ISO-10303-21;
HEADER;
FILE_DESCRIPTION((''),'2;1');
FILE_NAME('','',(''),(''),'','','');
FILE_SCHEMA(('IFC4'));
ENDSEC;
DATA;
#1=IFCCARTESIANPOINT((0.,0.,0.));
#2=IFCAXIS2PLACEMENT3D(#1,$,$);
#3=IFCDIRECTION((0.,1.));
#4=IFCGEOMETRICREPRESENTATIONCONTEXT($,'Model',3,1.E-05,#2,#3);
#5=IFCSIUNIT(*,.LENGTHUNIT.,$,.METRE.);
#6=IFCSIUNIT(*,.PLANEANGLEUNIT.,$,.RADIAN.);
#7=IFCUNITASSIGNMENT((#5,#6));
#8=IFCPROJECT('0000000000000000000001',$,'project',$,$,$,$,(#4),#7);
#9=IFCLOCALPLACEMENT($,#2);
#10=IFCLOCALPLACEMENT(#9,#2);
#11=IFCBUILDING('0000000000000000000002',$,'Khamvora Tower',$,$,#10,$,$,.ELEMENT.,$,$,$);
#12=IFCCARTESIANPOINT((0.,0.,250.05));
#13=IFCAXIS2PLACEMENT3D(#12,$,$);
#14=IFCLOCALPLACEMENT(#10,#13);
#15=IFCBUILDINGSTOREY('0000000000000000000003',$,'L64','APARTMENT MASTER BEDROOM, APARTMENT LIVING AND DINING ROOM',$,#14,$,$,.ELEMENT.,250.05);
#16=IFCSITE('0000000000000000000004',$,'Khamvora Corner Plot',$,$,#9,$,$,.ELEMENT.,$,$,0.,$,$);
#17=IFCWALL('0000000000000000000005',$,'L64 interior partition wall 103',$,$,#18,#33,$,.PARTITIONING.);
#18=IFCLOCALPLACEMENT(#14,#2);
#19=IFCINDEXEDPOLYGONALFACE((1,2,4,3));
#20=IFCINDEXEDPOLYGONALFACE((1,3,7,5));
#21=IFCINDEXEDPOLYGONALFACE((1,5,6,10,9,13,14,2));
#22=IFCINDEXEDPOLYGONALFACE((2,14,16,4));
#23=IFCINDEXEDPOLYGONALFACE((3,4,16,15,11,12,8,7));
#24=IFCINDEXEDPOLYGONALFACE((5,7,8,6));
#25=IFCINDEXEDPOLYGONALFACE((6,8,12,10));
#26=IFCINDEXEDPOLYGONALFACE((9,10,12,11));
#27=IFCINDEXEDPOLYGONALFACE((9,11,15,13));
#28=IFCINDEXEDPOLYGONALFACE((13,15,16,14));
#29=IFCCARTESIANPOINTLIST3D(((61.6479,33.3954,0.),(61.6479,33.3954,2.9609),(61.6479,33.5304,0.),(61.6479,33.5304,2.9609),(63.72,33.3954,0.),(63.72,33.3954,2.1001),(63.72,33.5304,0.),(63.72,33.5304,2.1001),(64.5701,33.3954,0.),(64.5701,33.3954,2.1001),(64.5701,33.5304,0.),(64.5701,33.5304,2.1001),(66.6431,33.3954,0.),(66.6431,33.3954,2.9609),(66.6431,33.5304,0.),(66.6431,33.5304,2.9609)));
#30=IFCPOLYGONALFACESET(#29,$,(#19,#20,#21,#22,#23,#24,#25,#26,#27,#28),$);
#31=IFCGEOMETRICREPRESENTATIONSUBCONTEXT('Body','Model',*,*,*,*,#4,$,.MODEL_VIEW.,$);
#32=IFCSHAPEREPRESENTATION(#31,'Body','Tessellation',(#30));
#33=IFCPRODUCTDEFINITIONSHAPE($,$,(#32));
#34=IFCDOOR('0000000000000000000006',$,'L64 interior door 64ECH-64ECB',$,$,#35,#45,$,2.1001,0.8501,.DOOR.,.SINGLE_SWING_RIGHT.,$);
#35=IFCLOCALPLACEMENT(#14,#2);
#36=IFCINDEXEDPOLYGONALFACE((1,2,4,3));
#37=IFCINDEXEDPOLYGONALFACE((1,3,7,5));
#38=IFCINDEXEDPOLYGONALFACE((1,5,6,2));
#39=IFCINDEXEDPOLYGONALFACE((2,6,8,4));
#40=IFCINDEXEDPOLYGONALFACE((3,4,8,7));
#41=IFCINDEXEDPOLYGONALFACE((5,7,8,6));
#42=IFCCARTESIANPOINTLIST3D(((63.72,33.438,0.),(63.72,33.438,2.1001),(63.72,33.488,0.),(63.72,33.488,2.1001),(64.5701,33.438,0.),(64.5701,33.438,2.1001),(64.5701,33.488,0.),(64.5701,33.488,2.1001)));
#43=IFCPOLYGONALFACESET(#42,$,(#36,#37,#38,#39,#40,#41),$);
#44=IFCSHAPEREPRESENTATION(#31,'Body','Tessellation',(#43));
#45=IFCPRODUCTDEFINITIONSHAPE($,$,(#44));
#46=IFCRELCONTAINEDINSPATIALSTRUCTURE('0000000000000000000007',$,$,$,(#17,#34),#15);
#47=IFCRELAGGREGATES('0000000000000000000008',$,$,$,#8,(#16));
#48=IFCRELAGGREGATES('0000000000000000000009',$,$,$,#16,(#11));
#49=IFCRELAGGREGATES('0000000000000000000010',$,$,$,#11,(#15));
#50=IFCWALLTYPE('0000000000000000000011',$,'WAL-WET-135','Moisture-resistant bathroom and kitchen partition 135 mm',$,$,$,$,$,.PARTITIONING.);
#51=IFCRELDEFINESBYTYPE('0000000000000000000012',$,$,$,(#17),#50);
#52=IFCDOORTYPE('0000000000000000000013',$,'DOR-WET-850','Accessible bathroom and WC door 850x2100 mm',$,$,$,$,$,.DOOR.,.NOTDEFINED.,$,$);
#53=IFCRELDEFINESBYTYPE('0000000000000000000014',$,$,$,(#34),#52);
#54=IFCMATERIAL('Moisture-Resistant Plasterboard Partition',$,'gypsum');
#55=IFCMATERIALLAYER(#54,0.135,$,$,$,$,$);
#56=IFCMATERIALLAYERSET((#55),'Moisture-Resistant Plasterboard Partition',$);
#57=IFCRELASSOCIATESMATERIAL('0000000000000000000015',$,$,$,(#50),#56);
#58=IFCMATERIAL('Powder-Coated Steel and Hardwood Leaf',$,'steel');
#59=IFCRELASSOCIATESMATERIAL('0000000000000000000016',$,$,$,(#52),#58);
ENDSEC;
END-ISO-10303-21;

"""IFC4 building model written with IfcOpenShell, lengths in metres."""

from ifc_helpers import new_model, si_unit, direction, frame, frame_2d, origin, place, context, subcontext, project, spatial, rectangle, extrude, material, layer, layer_set, type_object, element, fill, save


model = new_model("IFC4")

# Units and contexts
model_context = context("Model", 3, precision=1e-05, world=origin(), true_north=direction((0.0, 1.0)))
body_context = subcontext(model_context, "Body", "Model", "MODEL_VIEW")
ifc_project = project(units=[si_unit("LENGTHUNIT", "METRE"), si_unit("PLANEANGLEUNIT", "RADIAN")], contexts=[model_context])

# Site, building, storey
site_placement = place(None, origin())
site = spatial("IfcSite", under=ifc_project, at=site_placement, Name="Khamvora Corner Plot", CompositionType="ELEMENT", RefElevation=0.0)
building_placement = place(site_placement, origin())
building = spatial("IfcBuilding", under=site, at=building_placement, Name="Khamvora Tower", CompositionType="ELEMENT")
storey_placement = place(building_placement, frame((0.0, 0.0, 250.05)))
storey = spatial("IfcBuildingStorey", under=building, at=storey_placement, Name="L64", Description="APARTMENT MASTER BEDROOM, APARTMENT LIVING AND DINING ROOM", CompositionType="ELEMENT", Elevation=250.05)

# Shared definitions
ifc_material_1 = material(Name="Powder-Coated Steel and Hardwood Leaf", Category="steel")

# Shared definitions
ifc_material_2 = material(Name="Moisture-Resistant Plasterboard Partition", Category="gypsum")
ifc_layer_1 = layer(ifc_material_2, 0.135)
ifc_layer_set_1 = layer_set([ifc_layer_1], Name="Moisture-Resistant Plasterboard Partition")
wall_type_1 = type_object("IfcWallType", Name="WAL-WET-135", Description="Moisture-resistant bathroom and kitchen partition 135 mm", PredefinedType="PARTITIONING", material=ifc_layer_set_1)

# Wall, opening, door
wall_1_placement = place(storey_placement, frame((66.6431, 33.4629, 0.0), z_axis=(0.0, 0.0, 1.0), x_axis=(-1.0, 0.0, 0.0)))
wall_1 = element("IfcWall", 1, at=wall_1_placement, inside=storey, type_object=wall_type_1, Name="L64 interior partition wall 103", PredefinedType="PARTITIONING", context=body_context, shape_type="SweptSolid", body=[
    extrude(rectangle(XDim=4.9951, YDim=0.135, at=frame_2d((2.4976, 0.0))), origin(), (0.0, 0.0, 1.0), 2.9609),
])
opening_1_placement = place(wall_1_placement, frame((2.073, 0.0, 0.0)))
opening_1 = element("IfcOpeningElement", 2, at=opening_1_placement, cuts=wall_1, PredefinedType="OPENING", context=body_context, shape_type="SweptSolid", body=[
    extrude(rectangle(XDim=0.8501, YDim=2.1001, at=frame_2d((0.425, 1.05))), frame((0.0, 0.0774, 0.0), z_axis=(0.0, -1.0, 0.0), x_axis=(1.0, 0.0, 0.0)), (0.0, 0.0, 1.0), 0.155),
])
door_type_1 = type_object("IfcDoorType", Name="DOR-WET-850", Description="Accessible bathroom and WC door 850x2100 mm", OperationType="NOTDEFINED", PredefinedType="DOOR", material=ifc_material_1)
door_1_placement = place(opening_1_placement, origin())
door_1 = element("IfcDoor", 3, at=door_1_placement, inside=storey, type_object=door_type_1, Name="L64 interior door 64ECH-64ECB", OperationType="SINGLE_SWING_RIGHT", OverallHeight=2.1001, OverallWidth=0.8501, PredefinedType="DOOR", context=body_context, shape_type="SweptSolid", body=[
    extrude(rectangle(XDim=0.8501, YDim=2.1001, at=frame_2d((0.425, 1.05))), frame((0.0, 0.0249, 0.0), z_axis=(0.0, -1.0, 0.0), x_axis=(1.0, 0.0, 0.0)), (0.0, 0.0, 1.0), 0.05),
])
fill(opening_1, door_1)

save(model, "model.ifc")
